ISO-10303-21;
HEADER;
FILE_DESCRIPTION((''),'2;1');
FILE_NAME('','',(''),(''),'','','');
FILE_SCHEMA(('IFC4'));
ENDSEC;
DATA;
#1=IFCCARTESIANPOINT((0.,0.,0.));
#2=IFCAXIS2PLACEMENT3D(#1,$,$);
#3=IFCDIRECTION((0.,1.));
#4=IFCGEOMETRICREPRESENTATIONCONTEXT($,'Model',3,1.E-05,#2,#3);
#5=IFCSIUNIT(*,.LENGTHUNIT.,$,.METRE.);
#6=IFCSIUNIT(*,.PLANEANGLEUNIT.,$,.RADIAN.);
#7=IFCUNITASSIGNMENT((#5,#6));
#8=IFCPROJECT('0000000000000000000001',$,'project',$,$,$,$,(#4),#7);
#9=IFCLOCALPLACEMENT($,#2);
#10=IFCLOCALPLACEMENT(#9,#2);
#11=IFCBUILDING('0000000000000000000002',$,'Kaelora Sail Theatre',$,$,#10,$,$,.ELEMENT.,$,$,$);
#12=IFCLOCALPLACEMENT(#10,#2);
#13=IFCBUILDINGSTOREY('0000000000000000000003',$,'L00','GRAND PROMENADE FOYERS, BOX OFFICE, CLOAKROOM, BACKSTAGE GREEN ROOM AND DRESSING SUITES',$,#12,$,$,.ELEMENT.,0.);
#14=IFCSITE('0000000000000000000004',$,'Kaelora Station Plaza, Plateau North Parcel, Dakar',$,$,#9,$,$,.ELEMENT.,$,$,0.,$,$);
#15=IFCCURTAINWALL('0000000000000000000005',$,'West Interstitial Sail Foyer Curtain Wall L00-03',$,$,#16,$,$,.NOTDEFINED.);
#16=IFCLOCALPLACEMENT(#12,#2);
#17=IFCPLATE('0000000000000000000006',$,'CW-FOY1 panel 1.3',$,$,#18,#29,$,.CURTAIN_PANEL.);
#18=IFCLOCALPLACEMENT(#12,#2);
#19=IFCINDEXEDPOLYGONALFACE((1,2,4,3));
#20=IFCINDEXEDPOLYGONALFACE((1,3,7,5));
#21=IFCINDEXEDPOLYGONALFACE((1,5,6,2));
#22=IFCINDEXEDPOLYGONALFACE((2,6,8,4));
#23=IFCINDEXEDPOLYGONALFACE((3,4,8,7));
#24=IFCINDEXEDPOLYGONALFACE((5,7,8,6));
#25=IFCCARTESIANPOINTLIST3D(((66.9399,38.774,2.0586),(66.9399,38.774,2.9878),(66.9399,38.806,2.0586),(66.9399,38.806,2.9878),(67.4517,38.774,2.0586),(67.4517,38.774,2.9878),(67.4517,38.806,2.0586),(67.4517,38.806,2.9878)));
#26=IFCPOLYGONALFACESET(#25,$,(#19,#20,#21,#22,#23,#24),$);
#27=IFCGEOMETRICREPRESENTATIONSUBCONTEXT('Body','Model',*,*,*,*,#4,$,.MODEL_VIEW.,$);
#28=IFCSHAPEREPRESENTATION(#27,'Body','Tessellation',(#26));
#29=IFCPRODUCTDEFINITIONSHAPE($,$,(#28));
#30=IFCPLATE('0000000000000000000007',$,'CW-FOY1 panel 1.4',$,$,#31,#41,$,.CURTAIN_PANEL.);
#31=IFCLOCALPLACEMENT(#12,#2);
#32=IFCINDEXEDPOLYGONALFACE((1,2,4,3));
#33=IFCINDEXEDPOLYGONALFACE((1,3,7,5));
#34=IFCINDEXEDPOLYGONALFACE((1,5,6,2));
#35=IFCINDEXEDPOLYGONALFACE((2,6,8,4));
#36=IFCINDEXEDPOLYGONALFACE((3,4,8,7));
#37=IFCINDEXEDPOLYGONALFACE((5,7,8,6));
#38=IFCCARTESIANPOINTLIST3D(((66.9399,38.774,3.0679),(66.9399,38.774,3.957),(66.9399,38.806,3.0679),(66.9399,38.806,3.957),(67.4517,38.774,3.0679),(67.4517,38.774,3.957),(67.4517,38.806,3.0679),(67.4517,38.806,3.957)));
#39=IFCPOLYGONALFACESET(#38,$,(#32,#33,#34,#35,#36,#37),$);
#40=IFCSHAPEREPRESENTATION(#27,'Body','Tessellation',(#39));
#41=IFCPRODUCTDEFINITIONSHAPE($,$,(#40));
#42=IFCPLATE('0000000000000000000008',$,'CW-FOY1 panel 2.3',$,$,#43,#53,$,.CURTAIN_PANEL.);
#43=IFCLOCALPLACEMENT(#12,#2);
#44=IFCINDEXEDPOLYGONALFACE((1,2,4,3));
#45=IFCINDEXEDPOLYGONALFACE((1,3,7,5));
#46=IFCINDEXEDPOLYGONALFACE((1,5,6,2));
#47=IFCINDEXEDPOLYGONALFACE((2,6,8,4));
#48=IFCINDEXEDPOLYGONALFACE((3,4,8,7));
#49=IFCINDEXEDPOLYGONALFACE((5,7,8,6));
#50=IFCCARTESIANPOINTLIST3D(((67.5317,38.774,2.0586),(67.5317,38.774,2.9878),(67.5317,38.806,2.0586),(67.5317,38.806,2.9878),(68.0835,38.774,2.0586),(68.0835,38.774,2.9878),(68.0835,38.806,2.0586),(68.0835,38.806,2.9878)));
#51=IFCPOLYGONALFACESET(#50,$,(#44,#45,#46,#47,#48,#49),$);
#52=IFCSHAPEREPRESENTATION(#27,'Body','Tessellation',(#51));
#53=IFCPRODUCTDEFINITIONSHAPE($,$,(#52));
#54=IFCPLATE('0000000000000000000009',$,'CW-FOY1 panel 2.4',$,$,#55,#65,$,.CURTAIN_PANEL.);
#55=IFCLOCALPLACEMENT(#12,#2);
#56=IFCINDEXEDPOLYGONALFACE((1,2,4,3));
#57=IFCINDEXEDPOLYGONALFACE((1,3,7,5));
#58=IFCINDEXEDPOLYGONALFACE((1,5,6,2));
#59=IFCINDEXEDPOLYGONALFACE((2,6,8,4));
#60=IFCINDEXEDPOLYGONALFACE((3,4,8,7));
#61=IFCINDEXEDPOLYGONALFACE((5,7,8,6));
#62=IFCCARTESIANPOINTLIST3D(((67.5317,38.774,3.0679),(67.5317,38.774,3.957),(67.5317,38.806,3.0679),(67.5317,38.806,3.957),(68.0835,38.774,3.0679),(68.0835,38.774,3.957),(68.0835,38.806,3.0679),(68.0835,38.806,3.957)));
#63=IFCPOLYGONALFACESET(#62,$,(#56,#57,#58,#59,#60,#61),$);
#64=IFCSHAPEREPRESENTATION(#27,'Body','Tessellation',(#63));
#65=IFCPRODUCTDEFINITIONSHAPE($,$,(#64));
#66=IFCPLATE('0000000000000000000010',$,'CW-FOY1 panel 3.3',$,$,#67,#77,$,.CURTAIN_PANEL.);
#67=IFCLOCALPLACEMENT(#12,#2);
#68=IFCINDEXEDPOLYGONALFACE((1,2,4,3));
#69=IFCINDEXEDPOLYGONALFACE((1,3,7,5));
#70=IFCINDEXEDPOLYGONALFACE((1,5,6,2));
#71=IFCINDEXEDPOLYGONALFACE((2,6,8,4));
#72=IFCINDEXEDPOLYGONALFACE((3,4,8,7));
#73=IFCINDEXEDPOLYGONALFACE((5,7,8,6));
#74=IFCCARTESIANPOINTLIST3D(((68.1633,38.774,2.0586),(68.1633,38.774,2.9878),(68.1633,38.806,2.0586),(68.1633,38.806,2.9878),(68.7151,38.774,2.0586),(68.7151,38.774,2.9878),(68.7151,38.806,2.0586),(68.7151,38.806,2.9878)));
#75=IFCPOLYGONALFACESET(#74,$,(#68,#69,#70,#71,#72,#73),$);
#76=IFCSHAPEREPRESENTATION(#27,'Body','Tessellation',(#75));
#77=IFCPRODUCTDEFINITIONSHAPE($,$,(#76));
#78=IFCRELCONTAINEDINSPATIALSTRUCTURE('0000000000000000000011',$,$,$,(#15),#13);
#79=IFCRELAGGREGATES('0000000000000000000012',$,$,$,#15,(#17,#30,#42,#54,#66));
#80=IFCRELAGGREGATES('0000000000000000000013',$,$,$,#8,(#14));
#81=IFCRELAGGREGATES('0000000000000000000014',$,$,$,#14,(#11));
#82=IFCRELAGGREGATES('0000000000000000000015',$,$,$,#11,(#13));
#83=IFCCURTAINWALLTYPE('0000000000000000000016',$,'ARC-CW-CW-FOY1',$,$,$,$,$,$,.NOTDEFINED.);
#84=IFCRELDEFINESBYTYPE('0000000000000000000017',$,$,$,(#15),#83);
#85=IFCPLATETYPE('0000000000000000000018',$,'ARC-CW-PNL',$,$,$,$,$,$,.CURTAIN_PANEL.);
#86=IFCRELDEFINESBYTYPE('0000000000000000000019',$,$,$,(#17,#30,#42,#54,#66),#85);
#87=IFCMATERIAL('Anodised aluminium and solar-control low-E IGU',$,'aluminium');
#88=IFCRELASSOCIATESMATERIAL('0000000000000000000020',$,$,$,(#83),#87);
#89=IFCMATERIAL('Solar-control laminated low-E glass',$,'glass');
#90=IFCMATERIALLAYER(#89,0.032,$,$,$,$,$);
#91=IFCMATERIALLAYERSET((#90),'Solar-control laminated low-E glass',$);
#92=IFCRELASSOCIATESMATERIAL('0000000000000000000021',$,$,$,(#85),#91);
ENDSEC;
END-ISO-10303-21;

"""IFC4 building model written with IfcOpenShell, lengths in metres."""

from ifc_helpers import new_model, si_unit, direction, frame, origin, origin_2d, place, context, subcontext, project, spatial, rectangle, extrude, material, layer, layer_set, type_object, element, aggregate, save


model = new_model("IFC4")

# Units and contexts
model_context = context("Model", 3, precision=1e-05, world=origin(), true_north=direction((0.0, 1.0)))
body_context = subcontext(model_context, "Body", "Model", "MODEL_VIEW")
ifc_project = project(units=[si_unit("LENGTHUNIT", "METRE"), si_unit("PLANEANGLEUNIT", "RADIAN")], contexts=[model_context])

# Site, building, storey
site_placement = place(None, origin())
site = spatial("IfcSite", under=ifc_project, at=site_placement, Name="Kaelora Station Plaza, Plateau North Parcel, Dakar", CompositionType="ELEMENT", RefElevation=0.0)
building_placement = place(site_placement, origin())
building = spatial("IfcBuilding", under=site, at=building_placement, Name="Kaelora Sail Theatre", CompositionType="ELEMENT")
storey_placement = place(building_placement, origin())
storey = spatial("IfcBuildingStorey", under=building, at=storey_placement, Name="L00", Description="GRAND PROMENADE FOYERS, BOX OFFICE, CLOAKROOM, BACKSTAGE GREEN ROOM AND DRESSING SUITES", CompositionType="ELEMENT", Elevation=0.0)

# Curtain wall
ifc_material_1 = material(Name="Anodised aluminium and solar-control low-E IGU", Category="aluminium")
curtain_wall_type = type_object("IfcCurtainWallType", Name="ARC-CW-CW-FOY1", PredefinedType="NOTDEFINED", material=ifc_material_1)
curtain_wall_1_placement = place(storey_placement, origin())
curtain_wall_1 = element("IfcCurtainWall", 1, at=curtain_wall_1_placement, inside=storey, type_object=curtain_wall_type, Name="West Interstitial Sail Foyer Curtain Wall L00-03", PredefinedType="NOTDEFINED")

# Plates
ifc_material_2 = material(Name="Solar-control laminated low-E glass", Category="glass")
ifc_layer = layer(ifc_material_2, 0.032)
ifc_layer_set = layer_set([ifc_layer], Name="Solar-control laminated low-E glass")
plate_type = type_object("IfcPlateType", Name="ARC-CW-PNL", PredefinedType="CURTAIN_PANEL", material=ifc_layer_set)
plate_1_placement = place(storey_placement, frame((67.1958, 38.79, 2.0586), z_axis=(0.0, 0.0, 1.0), x_axis=(1.0, 0.0, 0.0)))
plate_1 = element("IfcPlate", 2, at=plate_1_placement, type_object=plate_type, Name="CW-FOY1 panel 1.3", PredefinedType="CURTAIN_PANEL", context=body_context, shape_type="SweptSolid", body=[
    extrude(rectangle(XDim=0.5117, YDim=0.032, at=origin_2d()), origin(), (0.0, 0.0, 1.0), 0.9292),
])
plate_2_placement = place(storey_placement, frame((67.1958, 38.79, 3.0679), z_axis=(0.0, 0.0, 1.0), x_axis=(1.0, 0.0, 0.0)))
plate_2 = element("IfcPlate", 3, at=plate_2_placement, type_object=plate_type, Name="CW-FOY1 panel 1.4", PredefinedType="CURTAIN_PANEL", context=body_context, shape_type="SweptSolid", body=[
    extrude(rectangle(XDim=0.5117, YDim=0.032, at=origin_2d()), origin(), (0.0, 0.0, 1.0), 0.8892),
])
plate_3_placement = place(storey_placement, frame((67.8076, 38.79, 2.0586), z_axis=(0.0, 0.0, 1.0), x_axis=(1.0, 0.0, 0.0)))
plate_3 = element("IfcPlate", 4, at=plate_3_placement, type_object=plate_type, Name="CW-FOY1 panel 2.3", PredefinedType="CURTAIN_PANEL", context=body_context, shape_type="SweptSolid", body=[
    extrude(rectangle(XDim=0.5518, YDim=0.032, at=origin_2d()), origin(), (0.0, 0.0, 1.0), 0.9292),
])
plate_4_placement = place(storey_placement, frame((67.8076, 38.79, 3.0679), z_axis=(0.0, 0.0, 1.0), x_axis=(1.0, 0.0, 0.0)))
plate_4 = element("IfcPlate", 5, at=plate_4_placement, type_object=plate_type, Name="CW-FOY1 panel 2.4", PredefinedType="CURTAIN_PANEL", context=body_context, shape_type="SweptSolid", body=[
    extrude(rectangle(XDim=0.5518, YDim=0.032, at=origin_2d()), origin(), (0.0, 0.0, 1.0), 0.8892),
])
plate_5_placement = place(storey_placement, frame((68.4392, 38.79, 2.0586), z_axis=(0.0, 0.0, 1.0), x_axis=(1.0, 0.0, 0.0)))
plate_5 = element("IfcPlate", 6, at=plate_5_placement, type_object=plate_type, Name="CW-FOY1 panel 3.3", PredefinedType="CURTAIN_PANEL", context=body_context, shape_type="SweptSolid", body=[
    extrude(rectangle(XDim=0.5518, YDim=0.032, at=origin_2d()), origin(), (0.0, 0.0, 1.0), 0.9292),
])
aggregate(curtain_wall_1, [plate_1, plate_2, plate_3, plate_4, plate_5])

save(model, "model.ifc")
